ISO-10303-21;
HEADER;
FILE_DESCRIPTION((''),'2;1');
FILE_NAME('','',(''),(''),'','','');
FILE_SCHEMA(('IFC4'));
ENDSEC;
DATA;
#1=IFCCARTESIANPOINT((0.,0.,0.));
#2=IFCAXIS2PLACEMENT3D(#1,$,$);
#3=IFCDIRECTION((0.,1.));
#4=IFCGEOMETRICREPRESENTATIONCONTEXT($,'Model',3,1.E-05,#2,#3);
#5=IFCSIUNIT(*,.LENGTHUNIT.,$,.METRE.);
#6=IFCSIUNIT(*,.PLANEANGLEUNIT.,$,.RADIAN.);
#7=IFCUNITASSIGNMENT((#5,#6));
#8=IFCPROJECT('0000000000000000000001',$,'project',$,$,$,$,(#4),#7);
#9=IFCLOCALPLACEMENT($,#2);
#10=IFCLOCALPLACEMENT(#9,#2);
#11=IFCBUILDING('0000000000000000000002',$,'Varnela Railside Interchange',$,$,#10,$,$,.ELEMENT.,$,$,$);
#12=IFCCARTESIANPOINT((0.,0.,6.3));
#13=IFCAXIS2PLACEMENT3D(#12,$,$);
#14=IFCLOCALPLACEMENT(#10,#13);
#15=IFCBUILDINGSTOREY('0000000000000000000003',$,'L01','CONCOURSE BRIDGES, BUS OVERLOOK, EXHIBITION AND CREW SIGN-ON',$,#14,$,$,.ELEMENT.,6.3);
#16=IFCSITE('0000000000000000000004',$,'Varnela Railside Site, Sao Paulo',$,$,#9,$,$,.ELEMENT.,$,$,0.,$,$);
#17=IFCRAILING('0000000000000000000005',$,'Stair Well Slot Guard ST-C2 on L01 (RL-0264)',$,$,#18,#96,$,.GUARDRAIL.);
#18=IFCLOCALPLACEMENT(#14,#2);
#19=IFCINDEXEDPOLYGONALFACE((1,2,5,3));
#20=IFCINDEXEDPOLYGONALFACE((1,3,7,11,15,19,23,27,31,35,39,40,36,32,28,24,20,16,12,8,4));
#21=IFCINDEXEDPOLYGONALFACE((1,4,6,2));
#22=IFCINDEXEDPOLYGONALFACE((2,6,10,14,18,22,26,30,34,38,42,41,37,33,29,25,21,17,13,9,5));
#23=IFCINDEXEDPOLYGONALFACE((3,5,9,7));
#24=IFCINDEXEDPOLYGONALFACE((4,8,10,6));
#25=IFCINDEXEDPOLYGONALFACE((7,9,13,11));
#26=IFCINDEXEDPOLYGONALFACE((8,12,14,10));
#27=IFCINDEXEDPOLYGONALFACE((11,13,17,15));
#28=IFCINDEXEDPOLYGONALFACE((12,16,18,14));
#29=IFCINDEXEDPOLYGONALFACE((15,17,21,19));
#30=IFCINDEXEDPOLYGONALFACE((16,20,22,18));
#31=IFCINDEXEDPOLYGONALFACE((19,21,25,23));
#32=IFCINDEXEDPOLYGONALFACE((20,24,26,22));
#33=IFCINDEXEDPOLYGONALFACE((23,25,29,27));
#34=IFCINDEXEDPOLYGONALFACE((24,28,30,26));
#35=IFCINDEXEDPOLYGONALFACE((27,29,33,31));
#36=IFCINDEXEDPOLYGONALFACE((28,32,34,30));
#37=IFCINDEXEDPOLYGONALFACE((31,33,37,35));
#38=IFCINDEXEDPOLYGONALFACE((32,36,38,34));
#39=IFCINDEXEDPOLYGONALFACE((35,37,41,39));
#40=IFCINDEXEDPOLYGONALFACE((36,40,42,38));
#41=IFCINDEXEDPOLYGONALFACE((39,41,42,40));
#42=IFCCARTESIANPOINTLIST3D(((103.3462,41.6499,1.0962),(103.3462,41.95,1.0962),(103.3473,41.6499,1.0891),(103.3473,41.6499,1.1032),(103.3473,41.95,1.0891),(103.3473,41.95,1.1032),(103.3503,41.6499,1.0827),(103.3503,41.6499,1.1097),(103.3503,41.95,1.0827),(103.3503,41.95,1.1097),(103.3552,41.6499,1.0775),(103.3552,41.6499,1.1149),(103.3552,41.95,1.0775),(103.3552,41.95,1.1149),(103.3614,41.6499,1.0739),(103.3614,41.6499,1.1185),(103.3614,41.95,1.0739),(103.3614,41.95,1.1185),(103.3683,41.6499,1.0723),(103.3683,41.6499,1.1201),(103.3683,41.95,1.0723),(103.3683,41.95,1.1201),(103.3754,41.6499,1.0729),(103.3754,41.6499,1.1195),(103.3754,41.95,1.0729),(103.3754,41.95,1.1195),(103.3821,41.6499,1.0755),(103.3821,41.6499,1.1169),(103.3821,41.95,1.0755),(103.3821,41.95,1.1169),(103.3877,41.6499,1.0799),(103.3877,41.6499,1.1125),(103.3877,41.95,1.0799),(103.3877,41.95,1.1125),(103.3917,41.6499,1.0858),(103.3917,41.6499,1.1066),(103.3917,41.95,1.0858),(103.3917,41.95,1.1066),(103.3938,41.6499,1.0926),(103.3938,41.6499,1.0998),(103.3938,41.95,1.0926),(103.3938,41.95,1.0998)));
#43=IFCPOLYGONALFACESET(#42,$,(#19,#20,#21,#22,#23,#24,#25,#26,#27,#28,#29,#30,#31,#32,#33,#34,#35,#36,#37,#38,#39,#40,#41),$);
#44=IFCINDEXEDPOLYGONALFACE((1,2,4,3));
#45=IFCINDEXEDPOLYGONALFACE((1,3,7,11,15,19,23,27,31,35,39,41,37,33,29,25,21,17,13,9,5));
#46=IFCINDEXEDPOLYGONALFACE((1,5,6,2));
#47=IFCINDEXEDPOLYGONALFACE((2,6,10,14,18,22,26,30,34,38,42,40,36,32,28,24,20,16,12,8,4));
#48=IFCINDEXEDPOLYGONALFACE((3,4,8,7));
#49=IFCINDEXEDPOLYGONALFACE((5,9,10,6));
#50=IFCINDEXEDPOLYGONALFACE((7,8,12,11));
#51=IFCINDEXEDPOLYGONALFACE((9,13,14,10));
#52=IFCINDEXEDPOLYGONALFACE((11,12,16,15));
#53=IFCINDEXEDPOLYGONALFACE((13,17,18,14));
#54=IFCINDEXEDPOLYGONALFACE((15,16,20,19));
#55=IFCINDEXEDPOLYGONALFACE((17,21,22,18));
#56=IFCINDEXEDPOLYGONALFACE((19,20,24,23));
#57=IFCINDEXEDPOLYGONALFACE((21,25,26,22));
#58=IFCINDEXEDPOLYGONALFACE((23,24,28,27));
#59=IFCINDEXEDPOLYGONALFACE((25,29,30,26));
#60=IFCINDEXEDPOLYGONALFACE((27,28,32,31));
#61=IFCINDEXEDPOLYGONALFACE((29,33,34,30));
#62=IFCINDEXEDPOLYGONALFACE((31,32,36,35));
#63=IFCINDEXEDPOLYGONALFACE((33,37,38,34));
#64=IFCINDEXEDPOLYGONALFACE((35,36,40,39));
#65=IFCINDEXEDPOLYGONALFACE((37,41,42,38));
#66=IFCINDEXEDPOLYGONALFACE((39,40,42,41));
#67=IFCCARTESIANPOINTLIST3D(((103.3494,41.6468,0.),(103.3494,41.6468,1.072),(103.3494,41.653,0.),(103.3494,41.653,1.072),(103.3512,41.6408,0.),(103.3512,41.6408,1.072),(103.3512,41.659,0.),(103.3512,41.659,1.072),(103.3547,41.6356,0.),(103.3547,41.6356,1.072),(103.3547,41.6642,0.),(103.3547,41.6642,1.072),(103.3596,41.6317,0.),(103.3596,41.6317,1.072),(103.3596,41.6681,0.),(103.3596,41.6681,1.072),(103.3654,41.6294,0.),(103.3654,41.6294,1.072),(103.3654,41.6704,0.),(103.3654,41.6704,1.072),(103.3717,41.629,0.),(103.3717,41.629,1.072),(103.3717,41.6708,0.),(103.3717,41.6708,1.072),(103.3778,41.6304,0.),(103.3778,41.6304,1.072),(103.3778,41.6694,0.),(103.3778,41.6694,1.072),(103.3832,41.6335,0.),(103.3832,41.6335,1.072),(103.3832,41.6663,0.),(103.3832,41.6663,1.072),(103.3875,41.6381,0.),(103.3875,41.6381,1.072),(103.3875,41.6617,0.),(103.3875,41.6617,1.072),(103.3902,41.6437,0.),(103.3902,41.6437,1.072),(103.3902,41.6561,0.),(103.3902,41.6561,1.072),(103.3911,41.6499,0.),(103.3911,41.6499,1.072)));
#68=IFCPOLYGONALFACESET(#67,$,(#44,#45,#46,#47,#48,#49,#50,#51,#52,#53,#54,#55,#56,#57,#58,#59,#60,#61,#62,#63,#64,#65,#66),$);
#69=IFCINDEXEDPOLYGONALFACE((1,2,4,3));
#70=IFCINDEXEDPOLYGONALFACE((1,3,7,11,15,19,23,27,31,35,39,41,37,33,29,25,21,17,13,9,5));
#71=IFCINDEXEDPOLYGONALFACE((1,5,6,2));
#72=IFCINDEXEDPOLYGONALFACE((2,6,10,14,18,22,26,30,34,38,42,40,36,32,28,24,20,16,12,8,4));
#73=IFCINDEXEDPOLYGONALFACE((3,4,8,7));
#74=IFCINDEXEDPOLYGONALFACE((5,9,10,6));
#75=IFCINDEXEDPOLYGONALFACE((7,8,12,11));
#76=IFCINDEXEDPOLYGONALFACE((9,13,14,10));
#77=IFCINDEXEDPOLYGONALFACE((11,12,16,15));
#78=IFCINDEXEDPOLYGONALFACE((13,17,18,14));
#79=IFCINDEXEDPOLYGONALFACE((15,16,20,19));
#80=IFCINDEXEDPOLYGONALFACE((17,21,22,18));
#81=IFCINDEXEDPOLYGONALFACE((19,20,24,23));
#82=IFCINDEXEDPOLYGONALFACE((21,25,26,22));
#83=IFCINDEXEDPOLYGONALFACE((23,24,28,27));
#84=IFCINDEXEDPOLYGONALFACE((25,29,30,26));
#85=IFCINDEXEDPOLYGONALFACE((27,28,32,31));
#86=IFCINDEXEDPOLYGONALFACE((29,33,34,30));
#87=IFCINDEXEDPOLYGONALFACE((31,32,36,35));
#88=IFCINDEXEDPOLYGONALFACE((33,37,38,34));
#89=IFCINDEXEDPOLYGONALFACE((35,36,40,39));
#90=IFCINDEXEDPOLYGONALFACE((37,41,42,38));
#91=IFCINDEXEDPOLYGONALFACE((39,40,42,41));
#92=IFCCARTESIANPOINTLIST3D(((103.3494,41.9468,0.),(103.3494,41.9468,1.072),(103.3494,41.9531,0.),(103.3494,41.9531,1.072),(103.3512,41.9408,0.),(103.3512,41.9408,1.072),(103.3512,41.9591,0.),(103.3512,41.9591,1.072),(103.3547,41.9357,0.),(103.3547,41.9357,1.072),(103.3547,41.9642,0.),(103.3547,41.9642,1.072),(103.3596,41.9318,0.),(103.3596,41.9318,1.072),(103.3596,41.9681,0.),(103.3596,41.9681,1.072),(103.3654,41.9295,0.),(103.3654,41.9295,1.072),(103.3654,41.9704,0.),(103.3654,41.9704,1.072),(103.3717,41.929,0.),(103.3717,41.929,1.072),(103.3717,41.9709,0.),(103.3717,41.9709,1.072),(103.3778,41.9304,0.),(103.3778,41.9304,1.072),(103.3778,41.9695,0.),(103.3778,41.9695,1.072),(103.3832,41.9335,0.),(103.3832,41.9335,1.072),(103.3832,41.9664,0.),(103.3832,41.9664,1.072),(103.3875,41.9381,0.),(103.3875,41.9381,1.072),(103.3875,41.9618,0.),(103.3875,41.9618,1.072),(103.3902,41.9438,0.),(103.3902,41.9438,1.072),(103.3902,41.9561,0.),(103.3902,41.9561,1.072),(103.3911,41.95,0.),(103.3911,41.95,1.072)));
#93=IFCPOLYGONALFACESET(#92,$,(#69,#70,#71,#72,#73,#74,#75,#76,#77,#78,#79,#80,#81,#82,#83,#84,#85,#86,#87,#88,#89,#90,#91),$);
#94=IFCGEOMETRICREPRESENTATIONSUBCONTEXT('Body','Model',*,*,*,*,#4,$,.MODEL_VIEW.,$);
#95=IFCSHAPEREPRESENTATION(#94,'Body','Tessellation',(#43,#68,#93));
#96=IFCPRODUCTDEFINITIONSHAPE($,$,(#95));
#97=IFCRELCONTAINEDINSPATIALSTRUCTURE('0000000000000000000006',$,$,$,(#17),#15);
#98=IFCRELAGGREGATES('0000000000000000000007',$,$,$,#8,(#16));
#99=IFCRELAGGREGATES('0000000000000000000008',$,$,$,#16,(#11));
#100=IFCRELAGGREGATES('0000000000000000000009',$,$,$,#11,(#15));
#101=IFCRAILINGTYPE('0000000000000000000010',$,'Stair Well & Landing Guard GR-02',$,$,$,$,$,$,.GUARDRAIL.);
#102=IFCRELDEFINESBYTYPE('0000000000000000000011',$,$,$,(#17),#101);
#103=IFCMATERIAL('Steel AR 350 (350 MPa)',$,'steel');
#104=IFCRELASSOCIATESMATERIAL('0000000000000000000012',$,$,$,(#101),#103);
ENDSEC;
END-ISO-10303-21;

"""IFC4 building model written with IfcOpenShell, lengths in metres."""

from ifc_helpers import new_model, si_unit, direction, frame, origin, origin_2d, place, context, subcontext, project, spatial, circle, extrude, material, type_object, element, save


model = new_model("IFC4")

# Units and contexts
model_context = context("Model", 3, precision=1e-05, world=origin(), true_north=direction((0.0, 1.0)))
body_context = subcontext(model_context, "Body", "Model", "MODEL_VIEW")
ifc_project = project(units=[si_unit("LENGTHUNIT", "METRE"), si_unit("PLANEANGLEUNIT", "RADIAN")], contexts=[model_context])

# Site, building, storey
site_placement = place(None, origin())
site = spatial("IfcSite", under=ifc_project, at=site_placement, Name="Varnela Railside Site, Sao Paulo", CompositionType="ELEMENT", RefElevation=0.0)
building_placement = place(site_placement, origin())
building = spatial("IfcBuilding", under=site, at=building_placement, Name="Varnela Railside Interchange", CompositionType="ELEMENT")
storey_placement = place(building_placement, frame((0.0, 0.0, 6.3)))
storey = spatial("IfcBuildingStorey", under=building, at=storey_placement, Name="L01", Description="CONCOURSE BRIDGES, BUS OVERLOOK, EXHIBITION AND CREW SIGN-ON", CompositionType="ELEMENT", Elevation=6.3)

# Shared definitions
ifc_material_1 = material(Name="Steel AR 350 (350 MPa)", Category="steel")

# Railing
railing_type_1 = type_object("IfcRailingType", Name="Stair Well & Landing Guard GR-02", PredefinedType="GUARDRAIL", material=ifc_material_1)
railing_1_placement = place(storey_placement, frame((103.3701, 41.6499, 0.0)))
element("IfcRailing", 1, at=railing_1_placement, inside=storey, type_object=railing_type_1, Name="Stair Well Slot Guard ST-C2 on L01 (RL-0264)", PredefinedType="GUARDRAIL", context=body_context, shape_type="SweptSolid", body=[
    extrude(circle(Radius=0.0239, at=origin_2d()), frame((0.0, 0.0, 1.0962), z_axis=(0.0, 1.0, 0.0), x_axis=(-1.0, 0.0, 0.0)), (0.0, 0.0, 1.0), 0.3),
    extrude(circle(Radius=0.021, at=origin_2d()), origin(), (0.0, 0.0, 1.0), 1.072),
    extrude(circle(Radius=0.021, at=origin_2d()), frame((0.0, 0.3, 0.0)), (0.0, 0.0, 1.0), 1.072),
])

save(model, "model.ifc")
